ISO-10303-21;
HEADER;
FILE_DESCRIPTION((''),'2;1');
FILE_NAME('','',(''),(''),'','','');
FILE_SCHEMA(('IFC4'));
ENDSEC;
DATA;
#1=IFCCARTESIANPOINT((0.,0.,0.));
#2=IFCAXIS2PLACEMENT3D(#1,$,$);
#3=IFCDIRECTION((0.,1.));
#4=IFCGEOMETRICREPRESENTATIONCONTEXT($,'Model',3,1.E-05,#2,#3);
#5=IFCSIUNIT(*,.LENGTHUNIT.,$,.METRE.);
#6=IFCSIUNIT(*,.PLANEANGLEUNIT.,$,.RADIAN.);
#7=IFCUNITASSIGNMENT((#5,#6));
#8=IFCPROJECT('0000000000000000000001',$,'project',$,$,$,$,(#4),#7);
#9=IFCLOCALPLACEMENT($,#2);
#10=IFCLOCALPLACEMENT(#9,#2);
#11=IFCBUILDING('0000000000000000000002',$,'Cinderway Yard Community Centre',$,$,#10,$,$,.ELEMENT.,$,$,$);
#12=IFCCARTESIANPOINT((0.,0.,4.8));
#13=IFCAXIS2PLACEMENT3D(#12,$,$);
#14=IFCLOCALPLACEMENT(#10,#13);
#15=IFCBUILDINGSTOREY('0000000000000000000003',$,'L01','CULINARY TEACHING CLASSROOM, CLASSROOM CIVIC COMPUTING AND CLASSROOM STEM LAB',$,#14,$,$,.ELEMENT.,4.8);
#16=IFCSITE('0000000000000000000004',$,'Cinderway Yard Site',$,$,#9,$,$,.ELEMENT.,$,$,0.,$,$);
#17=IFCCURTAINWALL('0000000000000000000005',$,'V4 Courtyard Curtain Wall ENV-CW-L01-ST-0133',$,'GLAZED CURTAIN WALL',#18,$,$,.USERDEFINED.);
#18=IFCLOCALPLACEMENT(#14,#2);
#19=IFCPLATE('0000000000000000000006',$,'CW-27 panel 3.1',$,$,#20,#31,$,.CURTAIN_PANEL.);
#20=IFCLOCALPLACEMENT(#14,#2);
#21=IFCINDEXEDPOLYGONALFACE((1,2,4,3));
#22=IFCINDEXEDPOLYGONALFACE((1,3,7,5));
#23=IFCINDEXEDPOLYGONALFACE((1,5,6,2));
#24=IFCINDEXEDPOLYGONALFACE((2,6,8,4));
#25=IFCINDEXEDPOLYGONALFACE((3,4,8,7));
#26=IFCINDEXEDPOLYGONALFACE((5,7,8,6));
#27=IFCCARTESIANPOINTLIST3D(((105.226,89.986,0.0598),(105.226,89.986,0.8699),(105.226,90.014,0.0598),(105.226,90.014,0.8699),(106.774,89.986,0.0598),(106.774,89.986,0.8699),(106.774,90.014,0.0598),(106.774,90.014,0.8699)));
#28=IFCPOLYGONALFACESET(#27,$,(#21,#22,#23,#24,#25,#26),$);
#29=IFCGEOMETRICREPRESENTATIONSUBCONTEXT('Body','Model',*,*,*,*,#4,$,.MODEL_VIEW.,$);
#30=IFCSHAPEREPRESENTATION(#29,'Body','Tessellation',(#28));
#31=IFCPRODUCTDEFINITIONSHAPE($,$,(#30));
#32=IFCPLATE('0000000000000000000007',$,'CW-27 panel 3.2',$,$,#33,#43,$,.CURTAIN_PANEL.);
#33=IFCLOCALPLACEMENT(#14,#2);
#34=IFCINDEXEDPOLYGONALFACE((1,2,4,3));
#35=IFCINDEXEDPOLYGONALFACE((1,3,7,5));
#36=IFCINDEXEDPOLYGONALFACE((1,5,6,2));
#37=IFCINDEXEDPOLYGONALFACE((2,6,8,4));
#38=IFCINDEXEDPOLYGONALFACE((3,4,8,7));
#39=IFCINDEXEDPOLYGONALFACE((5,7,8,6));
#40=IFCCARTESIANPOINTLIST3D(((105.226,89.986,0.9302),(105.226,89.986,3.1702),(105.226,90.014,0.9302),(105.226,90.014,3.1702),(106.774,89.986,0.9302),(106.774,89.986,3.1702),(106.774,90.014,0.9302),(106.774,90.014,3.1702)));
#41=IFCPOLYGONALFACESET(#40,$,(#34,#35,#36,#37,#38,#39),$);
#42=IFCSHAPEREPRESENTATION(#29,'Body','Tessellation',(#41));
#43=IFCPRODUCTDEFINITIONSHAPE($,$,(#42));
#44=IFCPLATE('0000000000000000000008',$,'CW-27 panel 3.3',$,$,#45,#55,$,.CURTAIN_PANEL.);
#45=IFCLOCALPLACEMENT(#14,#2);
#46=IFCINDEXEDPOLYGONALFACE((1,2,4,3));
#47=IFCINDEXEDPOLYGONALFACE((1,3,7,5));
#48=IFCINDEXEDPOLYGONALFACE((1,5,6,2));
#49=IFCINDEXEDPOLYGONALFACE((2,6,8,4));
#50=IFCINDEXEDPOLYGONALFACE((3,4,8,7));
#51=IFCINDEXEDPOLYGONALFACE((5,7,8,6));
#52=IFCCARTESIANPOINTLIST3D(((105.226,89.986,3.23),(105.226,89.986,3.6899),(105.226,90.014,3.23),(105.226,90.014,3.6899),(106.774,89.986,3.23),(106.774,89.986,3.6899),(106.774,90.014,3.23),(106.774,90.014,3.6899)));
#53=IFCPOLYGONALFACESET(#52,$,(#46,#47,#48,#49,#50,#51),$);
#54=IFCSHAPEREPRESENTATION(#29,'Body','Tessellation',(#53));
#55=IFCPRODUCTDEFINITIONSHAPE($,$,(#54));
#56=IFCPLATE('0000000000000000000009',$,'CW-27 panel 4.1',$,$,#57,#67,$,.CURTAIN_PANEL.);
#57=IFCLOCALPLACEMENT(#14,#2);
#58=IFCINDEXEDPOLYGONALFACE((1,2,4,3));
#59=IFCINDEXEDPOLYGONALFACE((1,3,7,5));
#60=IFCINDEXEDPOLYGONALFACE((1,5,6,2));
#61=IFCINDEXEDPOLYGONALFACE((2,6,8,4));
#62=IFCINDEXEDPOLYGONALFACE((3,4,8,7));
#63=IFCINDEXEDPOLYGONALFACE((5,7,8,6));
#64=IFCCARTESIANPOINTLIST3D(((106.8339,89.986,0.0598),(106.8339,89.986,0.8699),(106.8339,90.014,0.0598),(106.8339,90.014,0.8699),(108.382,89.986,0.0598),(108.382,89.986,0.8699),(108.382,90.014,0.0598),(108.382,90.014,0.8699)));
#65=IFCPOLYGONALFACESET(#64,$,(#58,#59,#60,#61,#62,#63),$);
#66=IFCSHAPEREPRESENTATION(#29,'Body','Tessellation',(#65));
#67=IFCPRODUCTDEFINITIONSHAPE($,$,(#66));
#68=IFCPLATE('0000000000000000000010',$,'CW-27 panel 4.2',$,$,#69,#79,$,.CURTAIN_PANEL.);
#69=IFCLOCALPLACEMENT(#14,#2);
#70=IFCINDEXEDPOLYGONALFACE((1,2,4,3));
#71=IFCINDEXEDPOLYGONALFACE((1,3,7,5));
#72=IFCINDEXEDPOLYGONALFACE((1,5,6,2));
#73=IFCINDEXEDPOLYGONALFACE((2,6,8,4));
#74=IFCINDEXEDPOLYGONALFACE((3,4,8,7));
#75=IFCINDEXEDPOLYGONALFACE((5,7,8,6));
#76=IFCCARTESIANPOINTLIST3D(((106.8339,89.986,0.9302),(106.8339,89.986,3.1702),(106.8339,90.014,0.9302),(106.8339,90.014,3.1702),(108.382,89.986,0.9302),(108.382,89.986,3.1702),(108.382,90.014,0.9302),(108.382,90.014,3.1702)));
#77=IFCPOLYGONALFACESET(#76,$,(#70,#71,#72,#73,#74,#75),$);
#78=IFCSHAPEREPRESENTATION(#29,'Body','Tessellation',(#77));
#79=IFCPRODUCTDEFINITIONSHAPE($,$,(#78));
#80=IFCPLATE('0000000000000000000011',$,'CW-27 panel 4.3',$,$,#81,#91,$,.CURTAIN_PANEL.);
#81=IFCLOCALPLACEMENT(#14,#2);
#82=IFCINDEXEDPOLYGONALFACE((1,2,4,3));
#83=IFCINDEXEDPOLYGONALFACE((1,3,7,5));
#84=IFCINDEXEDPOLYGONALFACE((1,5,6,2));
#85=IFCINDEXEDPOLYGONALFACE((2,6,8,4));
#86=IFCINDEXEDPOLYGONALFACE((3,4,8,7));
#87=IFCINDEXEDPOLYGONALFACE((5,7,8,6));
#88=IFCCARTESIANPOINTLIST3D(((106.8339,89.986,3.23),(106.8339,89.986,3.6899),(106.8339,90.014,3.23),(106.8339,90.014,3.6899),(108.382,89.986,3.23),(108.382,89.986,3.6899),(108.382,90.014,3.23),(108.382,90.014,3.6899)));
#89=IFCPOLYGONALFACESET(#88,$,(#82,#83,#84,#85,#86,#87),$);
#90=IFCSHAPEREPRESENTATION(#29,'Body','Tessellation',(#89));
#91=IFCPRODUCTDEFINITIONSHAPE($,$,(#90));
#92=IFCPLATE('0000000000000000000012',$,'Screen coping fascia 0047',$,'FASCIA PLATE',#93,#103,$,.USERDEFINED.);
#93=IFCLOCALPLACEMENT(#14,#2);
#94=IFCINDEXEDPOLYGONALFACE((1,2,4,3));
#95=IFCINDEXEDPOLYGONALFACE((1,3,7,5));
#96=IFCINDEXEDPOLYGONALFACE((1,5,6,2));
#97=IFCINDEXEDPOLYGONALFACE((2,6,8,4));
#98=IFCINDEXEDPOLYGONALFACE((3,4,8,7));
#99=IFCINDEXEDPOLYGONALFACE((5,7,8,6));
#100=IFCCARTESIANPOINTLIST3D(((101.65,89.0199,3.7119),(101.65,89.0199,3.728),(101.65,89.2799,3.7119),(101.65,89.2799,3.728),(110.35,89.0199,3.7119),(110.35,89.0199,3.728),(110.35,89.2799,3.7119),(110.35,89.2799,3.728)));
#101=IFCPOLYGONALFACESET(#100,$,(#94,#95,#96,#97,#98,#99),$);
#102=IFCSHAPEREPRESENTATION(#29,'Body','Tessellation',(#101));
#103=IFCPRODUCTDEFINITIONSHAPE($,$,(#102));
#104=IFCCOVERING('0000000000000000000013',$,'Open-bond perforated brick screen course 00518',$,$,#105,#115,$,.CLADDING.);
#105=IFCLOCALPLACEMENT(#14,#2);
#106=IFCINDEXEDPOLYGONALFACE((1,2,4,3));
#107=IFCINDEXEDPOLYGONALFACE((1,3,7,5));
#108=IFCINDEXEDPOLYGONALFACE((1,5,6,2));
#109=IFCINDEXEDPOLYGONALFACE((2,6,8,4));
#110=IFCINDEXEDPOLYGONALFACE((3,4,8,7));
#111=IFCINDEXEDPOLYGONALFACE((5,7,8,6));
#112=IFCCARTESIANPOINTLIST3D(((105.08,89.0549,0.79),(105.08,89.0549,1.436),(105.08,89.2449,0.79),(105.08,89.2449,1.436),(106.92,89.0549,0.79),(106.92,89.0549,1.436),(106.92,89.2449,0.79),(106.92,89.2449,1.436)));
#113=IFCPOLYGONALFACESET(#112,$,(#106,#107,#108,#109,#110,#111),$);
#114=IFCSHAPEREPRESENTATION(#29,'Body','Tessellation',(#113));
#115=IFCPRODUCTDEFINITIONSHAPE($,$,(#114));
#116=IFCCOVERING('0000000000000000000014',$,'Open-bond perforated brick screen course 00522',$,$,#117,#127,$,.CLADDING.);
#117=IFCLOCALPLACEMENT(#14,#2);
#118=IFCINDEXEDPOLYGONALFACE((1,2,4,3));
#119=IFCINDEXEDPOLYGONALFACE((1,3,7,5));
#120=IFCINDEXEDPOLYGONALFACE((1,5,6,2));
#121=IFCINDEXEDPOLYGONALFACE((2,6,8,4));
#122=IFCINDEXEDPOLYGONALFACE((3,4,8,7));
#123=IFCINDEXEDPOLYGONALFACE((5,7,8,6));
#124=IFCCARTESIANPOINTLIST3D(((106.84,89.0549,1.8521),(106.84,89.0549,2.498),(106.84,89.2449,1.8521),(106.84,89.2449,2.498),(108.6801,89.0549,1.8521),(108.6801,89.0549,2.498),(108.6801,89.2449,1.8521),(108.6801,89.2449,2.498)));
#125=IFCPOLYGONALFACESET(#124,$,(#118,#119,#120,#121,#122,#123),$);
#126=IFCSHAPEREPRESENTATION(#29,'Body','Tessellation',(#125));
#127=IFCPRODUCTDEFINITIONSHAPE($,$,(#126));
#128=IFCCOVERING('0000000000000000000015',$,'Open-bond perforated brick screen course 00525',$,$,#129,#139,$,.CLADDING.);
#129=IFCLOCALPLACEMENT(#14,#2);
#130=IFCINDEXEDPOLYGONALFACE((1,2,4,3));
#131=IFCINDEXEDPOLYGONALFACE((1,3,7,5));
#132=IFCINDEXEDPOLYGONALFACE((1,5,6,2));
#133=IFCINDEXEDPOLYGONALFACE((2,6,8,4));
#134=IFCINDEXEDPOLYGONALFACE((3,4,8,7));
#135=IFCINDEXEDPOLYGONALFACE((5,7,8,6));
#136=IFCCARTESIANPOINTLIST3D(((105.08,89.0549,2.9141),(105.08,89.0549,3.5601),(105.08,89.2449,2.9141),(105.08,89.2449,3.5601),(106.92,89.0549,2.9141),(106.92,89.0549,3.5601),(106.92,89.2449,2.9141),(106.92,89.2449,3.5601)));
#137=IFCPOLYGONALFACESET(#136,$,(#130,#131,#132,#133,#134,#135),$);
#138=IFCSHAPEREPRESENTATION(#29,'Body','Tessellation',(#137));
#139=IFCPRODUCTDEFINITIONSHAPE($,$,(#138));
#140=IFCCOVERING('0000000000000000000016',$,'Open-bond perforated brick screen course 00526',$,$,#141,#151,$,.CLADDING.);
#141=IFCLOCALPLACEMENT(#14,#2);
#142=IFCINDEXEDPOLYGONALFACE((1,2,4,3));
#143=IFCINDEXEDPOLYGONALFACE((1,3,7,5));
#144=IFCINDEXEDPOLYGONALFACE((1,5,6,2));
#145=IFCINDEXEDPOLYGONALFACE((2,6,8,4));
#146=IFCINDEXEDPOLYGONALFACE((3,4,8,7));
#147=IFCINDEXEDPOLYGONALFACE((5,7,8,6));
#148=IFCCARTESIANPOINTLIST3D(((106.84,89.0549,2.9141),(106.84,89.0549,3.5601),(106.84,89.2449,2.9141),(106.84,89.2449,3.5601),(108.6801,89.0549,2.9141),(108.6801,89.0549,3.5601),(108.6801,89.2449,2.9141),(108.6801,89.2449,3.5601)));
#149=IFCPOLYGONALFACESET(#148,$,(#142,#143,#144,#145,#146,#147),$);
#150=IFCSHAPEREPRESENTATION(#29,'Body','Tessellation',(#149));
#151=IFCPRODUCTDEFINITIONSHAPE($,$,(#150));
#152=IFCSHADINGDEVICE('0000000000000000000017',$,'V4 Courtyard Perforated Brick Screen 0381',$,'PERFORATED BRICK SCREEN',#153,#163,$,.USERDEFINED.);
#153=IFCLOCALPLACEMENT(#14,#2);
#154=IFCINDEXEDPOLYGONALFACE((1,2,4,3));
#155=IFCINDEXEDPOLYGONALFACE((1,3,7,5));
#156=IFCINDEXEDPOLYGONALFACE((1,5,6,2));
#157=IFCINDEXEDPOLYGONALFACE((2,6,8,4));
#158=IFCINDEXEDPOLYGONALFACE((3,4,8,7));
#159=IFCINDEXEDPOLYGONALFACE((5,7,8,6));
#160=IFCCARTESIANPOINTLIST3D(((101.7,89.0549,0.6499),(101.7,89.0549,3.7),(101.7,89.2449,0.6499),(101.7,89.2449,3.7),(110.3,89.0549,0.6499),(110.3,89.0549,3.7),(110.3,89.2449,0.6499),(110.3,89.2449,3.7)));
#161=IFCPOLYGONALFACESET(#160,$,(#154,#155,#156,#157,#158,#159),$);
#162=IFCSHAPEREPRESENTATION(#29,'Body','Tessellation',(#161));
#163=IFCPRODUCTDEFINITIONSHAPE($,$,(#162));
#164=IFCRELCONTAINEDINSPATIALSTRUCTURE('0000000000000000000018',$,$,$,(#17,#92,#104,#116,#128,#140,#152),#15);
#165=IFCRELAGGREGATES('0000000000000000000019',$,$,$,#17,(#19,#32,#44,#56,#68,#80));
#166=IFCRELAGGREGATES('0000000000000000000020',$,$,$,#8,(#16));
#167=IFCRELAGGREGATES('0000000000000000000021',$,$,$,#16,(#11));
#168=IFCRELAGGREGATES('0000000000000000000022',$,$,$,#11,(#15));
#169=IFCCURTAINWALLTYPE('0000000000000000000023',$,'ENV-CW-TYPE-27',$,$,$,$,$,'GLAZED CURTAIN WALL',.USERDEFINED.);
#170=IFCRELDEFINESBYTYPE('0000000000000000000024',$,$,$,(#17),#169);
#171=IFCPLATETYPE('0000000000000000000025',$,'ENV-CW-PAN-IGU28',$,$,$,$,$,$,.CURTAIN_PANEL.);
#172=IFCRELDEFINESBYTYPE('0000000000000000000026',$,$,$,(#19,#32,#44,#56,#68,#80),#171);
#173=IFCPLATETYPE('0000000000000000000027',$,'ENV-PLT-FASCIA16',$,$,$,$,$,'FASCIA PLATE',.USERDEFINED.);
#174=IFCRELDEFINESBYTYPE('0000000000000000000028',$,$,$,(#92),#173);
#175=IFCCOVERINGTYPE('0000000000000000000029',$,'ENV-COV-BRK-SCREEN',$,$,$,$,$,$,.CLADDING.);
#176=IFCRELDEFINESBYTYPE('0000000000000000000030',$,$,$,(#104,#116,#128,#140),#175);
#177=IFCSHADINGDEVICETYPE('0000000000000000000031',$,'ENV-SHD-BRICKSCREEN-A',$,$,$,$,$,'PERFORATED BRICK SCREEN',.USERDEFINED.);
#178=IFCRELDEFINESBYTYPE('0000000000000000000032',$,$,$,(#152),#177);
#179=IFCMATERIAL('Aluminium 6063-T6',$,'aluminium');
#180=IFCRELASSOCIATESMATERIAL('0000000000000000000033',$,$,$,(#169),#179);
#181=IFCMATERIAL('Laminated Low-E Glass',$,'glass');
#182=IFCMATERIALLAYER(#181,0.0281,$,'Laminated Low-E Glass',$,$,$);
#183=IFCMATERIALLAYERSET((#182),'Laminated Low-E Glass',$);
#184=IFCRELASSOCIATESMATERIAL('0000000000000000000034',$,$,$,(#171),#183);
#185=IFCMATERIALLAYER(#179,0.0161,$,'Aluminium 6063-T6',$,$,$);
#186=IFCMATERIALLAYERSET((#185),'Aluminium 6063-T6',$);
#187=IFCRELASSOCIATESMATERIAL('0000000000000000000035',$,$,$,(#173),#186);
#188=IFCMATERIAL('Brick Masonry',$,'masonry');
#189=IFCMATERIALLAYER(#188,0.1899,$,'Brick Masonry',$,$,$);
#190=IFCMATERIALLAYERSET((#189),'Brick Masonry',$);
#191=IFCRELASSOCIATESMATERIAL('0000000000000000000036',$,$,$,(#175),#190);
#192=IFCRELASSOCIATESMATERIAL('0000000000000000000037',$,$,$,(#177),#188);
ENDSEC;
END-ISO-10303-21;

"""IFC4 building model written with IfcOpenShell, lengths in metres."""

from ifc_helpers import new_model, si_unit, direction, frame, origin, origin_2d, place, context, subcontext, project, spatial, rectangle, extrude, material, layer, layer_set, type_object, element, aggregate, save


model = new_model("IFC4")

# Units and contexts
model_context = context("Model", 3, precision=1e-05, world=origin(), true_north=direction((0.0, 1.0)))
body_context = subcontext(model_context, "Body", "Model", "MODEL_VIEW")
ifc_project = project(units=[si_unit("LENGTHUNIT", "METRE"), si_unit("PLANEANGLEUNIT", "RADIAN")], contexts=[model_context])

# Site, building, storey
site_placement = place(None, origin())
site = spatial("IfcSite", under=ifc_project, at=site_placement, Name="Cinderway Yard Site", CompositionType="ELEMENT", RefElevation=0.0)
building_placement = place(site_placement, origin())
building = spatial("IfcBuilding", under=site, at=building_placement, Name="Cinderway Yard Community Centre", CompositionType="ELEMENT")
storey_placement = place(building_placement, frame((0.0, 0.0, 4.8)))
storey = spatial("IfcBuildingStorey", under=building, at=storey_placement, Name="L01", Description="CULINARY TEACHING CLASSROOM, CLASSROOM CIVIC COMPUTING AND CLASSROOM STEM LAB", CompositionType="ELEMENT", Elevation=4.8)

# Curtain wall
ifc_material_1 = material(Name="Aluminium 6063-T6", Category="aluminium")
curtain_wall_type = type_object("IfcCurtainWallType", Name="ENV-CW-TYPE-27", ElementType="GLAZED CURTAIN WALL", PredefinedType="USERDEFINED", material=ifc_material_1)
curtain_wall_placement = place(storey_placement, origin())
curtain_wall = element("IfcCurtainWall", 1, at=curtain_wall_placement, inside=storey, type_object=curtain_wall_type, Name="V4 Courtyard Curtain Wall ENV-CW-L01-ST-0133", ObjectType="GLAZED CURTAIN WALL", PredefinedType="USERDEFINED")

# Plates
ifc_material_2 = material(Name="Laminated Low-E Glass", Category="glass")
ifc_layer_1 = layer(ifc_material_2, 0.0281, Name="Laminated Low-E Glass")
ifc_layer_set_1 = layer_set([ifc_layer_1], Name="Laminated Low-E Glass")
plate_type_1 = type_object("IfcPlateType", Name="ENV-CW-PAN-IGU28", PredefinedType="CURTAIN_PANEL", material=ifc_layer_set_1)
plate_1_placement = place(storey_placement, frame((106.0, 90.0, 0.0598), z_axis=(0.0, 0.0, 1.0), x_axis=(1.0, 0.0, 0.0)))
plate_1 = element("IfcPlate", 2, at=plate_1_placement, type_object=plate_type_1, Name="CW-27 panel 3.1", PredefinedType="CURTAIN_PANEL", context=body_context, shape_type="SweptSolid", body=[
    extrude(rectangle(XDim=1.5481, YDim=0.0281, at=origin_2d()), origin(), (0.0, 0.0, 1.0), 0.8101),
])
plate_2_placement = place(storey_placement, frame((106.0, 90.0, 0.9302), z_axis=(0.0, 0.0, 1.0), x_axis=(1.0, 0.0, 0.0)))
plate_2 = element("IfcPlate", 3, at=plate_2_placement, type_object=plate_type_1, Name="CW-27 panel 3.2", PredefinedType="CURTAIN_PANEL", context=body_context, shape_type="SweptSolid", body=[
    extrude(rectangle(XDim=1.5481, YDim=0.0281, at=origin_2d()), origin(), (0.0, 0.0, 1.0), 2.24),
])
plate_3_placement = place(storey_placement, frame((106.0, 90.0, 3.23), z_axis=(0.0, 0.0, 1.0), x_axis=(1.0, 0.0, 0.0)))
plate_3 = element("IfcPlate", 4, at=plate_3_placement, type_object=plate_type_1, Name="CW-27 panel 3.3", PredefinedType="CURTAIN_PANEL", context=body_context, shape_type="SweptSolid", body=[
    extrude(rectangle(XDim=1.5481, YDim=0.0281, at=origin_2d()), origin(), (0.0, 0.0, 1.0), 0.46),
])
plate_4_placement = place(storey_placement, frame((107.6079, 90.0, 0.0598), z_axis=(0.0, 0.0, 1.0), x_axis=(1.0, 0.0, 0.0)))
plate_4 = element("IfcPlate", 5, at=plate_4_placement, type_object=plate_type_1, Name="CW-27 panel 4.1", PredefinedType="CURTAIN_PANEL", context=body_context, shape_type="SweptSolid", body=[
    extrude(rectangle(XDim=1.5481, YDim=0.0281, at=origin_2d()), origin(), (0.0, 0.0, 1.0), 0.8101),
])
plate_5_placement = place(storey_placement, frame((107.6079, 90.0, 0.9302), z_axis=(0.0, 0.0, 1.0), x_axis=(1.0, 0.0, 0.0)))
plate_5 = element("IfcPlate", 6, at=plate_5_placement, type_object=plate_type_1, Name="CW-27 panel 4.2", PredefinedType="CURTAIN_PANEL", context=body_context, shape_type="SweptSolid", body=[
    extrude(rectangle(XDim=1.5481, YDim=0.0281, at=origin_2d()), origin(), (0.0, 0.0, 1.0), 2.24),
])
plate_6_placement = place(storey_placement, frame((107.6079, 90.0, 3.23), z_axis=(0.0, 0.0, 1.0), x_axis=(1.0, 0.0, 0.0)))
plate_6 = element("IfcPlate", 7, at=plate_6_placement, type_object=plate_type_1, Name="CW-27 panel 4.3", PredefinedType="CURTAIN_PANEL", context=body_context, shape_type="SweptSolid", body=[
    extrude(rectangle(XDim=1.5481, YDim=0.0281, at=origin_2d()), origin(), (0.0, 0.0, 1.0), 0.46),
])
aggregate(curtain_wall, [plate_1, plate_2, plate_3, plate_4, plate_5, plate_6])
ifc_layer_2 = layer(ifc_material_1, 0.0161, Name="Aluminium 6063-T6")
ifc_layer_set_2 = layer_set([ifc_layer_2], Name="Aluminium 6063-T6")
plate_type_2 = type_object("IfcPlateType", Name="ENV-PLT-FASCIA16", ElementType="FASCIA PLATE", PredefinedType="USERDEFINED", material=ifc_layer_set_2)
plate_7_placement = place(storey_placement, frame((106.0, 89.1499, 3.7119), z_axis=(0.0, 0.0, 1.0), x_axis=(-1.0, 0.0, 0.0)))
element("IfcPlate", 8, at=plate_7_placement, inside=storey, type_object=plate_type_2, Name="Screen coping fascia 0047", ObjectType="FASCIA PLATE", PredefinedType="USERDEFINED", context=body_context, shape_type="SweptSolid", body=[
    extrude(rectangle(XDim=8.7, YDim=0.26, at=origin_2d()), origin(), (0.0, 0.0, 1.0), 0.0161),
])

# Coverings
ifc_material_3 = material(Name="Brick Masonry", Category="masonry")
ifc_layer_3 = layer(ifc_material_3, 0.1899, Name="Brick Masonry")
ifc_layer_set_3 = layer_set([ifc_layer_3], Name="Brick Masonry")
covering_type = type_object("IfcCoveringType", Name="ENV-COV-BRK-SCREEN", PredefinedType="CLADDING", material=ifc_layer_set_3)
for number, where, z_axis, x_axis, name in (
    (9, (106.0, 89.1499, 0.79), (0.0, 0.0, 1.0), (-1.0, 0.0, 0.0), "Open-bond perforated brick screen course 00518"),
    (10, (107.76, 89.1499, 1.8521), (0.0, 0.0, 1.0), (-1.0, 0.0, 0.0), "Open-bond perforated brick screen course 00522"),
    (11, (106.0, 89.1499, 2.9141), (0.0, 0.0, 1.0), (-1.0, 0.0, 0.0), "Open-bond perforated brick screen course 00525"),
    (12, (107.76, 89.1499, 2.9141), (0.0, 0.0, 1.0), (-1.0, 0.0, 0.0), "Open-bond perforated brick screen course 00526"),
):
    element("IfcCovering", number, at=place(storey_placement, frame(where, z_axis=z_axis, x_axis=x_axis)), inside=storey, type_object=covering_type, Name=name, PredefinedType="CLADDING", context=body_context, shape_type="SweptSolid", body=[
        extrude(rectangle(XDim=1.8401, YDim=0.1899, at=origin_2d()), origin(), (0.0, 0.0, 1.0), 0.646),
    ])

# Shading device
shading_device_type = type_object("IfcShadingDeviceType", Name="ENV-SHD-BRICKSCREEN-A", ElementType="PERFORATED BRICK SCREEN", PredefinedType="USERDEFINED", material=ifc_material_3)
shading_device_placement = place(storey_placement, frame((106.0, 89.1499, 0.6499), z_axis=(0.0, 0.0, 1.0), x_axis=(-1.0, 0.0, 0.0)))
element("IfcShadingDevice", 13, at=shading_device_placement, inside=storey, type_object=shading_device_type, Name="V4 Courtyard Perforated Brick Screen 0381", ObjectType="PERFORATED BRICK SCREEN", PredefinedType="USERDEFINED", context=body_context, shape_type="SweptSolid", body=[
    extrude(rectangle(XDim=8.6001, YDim=0.1899, at=origin_2d()), origin(), (0.0, 0.0, 1.0), 3.05),
])

save(model, "model.ifc")
